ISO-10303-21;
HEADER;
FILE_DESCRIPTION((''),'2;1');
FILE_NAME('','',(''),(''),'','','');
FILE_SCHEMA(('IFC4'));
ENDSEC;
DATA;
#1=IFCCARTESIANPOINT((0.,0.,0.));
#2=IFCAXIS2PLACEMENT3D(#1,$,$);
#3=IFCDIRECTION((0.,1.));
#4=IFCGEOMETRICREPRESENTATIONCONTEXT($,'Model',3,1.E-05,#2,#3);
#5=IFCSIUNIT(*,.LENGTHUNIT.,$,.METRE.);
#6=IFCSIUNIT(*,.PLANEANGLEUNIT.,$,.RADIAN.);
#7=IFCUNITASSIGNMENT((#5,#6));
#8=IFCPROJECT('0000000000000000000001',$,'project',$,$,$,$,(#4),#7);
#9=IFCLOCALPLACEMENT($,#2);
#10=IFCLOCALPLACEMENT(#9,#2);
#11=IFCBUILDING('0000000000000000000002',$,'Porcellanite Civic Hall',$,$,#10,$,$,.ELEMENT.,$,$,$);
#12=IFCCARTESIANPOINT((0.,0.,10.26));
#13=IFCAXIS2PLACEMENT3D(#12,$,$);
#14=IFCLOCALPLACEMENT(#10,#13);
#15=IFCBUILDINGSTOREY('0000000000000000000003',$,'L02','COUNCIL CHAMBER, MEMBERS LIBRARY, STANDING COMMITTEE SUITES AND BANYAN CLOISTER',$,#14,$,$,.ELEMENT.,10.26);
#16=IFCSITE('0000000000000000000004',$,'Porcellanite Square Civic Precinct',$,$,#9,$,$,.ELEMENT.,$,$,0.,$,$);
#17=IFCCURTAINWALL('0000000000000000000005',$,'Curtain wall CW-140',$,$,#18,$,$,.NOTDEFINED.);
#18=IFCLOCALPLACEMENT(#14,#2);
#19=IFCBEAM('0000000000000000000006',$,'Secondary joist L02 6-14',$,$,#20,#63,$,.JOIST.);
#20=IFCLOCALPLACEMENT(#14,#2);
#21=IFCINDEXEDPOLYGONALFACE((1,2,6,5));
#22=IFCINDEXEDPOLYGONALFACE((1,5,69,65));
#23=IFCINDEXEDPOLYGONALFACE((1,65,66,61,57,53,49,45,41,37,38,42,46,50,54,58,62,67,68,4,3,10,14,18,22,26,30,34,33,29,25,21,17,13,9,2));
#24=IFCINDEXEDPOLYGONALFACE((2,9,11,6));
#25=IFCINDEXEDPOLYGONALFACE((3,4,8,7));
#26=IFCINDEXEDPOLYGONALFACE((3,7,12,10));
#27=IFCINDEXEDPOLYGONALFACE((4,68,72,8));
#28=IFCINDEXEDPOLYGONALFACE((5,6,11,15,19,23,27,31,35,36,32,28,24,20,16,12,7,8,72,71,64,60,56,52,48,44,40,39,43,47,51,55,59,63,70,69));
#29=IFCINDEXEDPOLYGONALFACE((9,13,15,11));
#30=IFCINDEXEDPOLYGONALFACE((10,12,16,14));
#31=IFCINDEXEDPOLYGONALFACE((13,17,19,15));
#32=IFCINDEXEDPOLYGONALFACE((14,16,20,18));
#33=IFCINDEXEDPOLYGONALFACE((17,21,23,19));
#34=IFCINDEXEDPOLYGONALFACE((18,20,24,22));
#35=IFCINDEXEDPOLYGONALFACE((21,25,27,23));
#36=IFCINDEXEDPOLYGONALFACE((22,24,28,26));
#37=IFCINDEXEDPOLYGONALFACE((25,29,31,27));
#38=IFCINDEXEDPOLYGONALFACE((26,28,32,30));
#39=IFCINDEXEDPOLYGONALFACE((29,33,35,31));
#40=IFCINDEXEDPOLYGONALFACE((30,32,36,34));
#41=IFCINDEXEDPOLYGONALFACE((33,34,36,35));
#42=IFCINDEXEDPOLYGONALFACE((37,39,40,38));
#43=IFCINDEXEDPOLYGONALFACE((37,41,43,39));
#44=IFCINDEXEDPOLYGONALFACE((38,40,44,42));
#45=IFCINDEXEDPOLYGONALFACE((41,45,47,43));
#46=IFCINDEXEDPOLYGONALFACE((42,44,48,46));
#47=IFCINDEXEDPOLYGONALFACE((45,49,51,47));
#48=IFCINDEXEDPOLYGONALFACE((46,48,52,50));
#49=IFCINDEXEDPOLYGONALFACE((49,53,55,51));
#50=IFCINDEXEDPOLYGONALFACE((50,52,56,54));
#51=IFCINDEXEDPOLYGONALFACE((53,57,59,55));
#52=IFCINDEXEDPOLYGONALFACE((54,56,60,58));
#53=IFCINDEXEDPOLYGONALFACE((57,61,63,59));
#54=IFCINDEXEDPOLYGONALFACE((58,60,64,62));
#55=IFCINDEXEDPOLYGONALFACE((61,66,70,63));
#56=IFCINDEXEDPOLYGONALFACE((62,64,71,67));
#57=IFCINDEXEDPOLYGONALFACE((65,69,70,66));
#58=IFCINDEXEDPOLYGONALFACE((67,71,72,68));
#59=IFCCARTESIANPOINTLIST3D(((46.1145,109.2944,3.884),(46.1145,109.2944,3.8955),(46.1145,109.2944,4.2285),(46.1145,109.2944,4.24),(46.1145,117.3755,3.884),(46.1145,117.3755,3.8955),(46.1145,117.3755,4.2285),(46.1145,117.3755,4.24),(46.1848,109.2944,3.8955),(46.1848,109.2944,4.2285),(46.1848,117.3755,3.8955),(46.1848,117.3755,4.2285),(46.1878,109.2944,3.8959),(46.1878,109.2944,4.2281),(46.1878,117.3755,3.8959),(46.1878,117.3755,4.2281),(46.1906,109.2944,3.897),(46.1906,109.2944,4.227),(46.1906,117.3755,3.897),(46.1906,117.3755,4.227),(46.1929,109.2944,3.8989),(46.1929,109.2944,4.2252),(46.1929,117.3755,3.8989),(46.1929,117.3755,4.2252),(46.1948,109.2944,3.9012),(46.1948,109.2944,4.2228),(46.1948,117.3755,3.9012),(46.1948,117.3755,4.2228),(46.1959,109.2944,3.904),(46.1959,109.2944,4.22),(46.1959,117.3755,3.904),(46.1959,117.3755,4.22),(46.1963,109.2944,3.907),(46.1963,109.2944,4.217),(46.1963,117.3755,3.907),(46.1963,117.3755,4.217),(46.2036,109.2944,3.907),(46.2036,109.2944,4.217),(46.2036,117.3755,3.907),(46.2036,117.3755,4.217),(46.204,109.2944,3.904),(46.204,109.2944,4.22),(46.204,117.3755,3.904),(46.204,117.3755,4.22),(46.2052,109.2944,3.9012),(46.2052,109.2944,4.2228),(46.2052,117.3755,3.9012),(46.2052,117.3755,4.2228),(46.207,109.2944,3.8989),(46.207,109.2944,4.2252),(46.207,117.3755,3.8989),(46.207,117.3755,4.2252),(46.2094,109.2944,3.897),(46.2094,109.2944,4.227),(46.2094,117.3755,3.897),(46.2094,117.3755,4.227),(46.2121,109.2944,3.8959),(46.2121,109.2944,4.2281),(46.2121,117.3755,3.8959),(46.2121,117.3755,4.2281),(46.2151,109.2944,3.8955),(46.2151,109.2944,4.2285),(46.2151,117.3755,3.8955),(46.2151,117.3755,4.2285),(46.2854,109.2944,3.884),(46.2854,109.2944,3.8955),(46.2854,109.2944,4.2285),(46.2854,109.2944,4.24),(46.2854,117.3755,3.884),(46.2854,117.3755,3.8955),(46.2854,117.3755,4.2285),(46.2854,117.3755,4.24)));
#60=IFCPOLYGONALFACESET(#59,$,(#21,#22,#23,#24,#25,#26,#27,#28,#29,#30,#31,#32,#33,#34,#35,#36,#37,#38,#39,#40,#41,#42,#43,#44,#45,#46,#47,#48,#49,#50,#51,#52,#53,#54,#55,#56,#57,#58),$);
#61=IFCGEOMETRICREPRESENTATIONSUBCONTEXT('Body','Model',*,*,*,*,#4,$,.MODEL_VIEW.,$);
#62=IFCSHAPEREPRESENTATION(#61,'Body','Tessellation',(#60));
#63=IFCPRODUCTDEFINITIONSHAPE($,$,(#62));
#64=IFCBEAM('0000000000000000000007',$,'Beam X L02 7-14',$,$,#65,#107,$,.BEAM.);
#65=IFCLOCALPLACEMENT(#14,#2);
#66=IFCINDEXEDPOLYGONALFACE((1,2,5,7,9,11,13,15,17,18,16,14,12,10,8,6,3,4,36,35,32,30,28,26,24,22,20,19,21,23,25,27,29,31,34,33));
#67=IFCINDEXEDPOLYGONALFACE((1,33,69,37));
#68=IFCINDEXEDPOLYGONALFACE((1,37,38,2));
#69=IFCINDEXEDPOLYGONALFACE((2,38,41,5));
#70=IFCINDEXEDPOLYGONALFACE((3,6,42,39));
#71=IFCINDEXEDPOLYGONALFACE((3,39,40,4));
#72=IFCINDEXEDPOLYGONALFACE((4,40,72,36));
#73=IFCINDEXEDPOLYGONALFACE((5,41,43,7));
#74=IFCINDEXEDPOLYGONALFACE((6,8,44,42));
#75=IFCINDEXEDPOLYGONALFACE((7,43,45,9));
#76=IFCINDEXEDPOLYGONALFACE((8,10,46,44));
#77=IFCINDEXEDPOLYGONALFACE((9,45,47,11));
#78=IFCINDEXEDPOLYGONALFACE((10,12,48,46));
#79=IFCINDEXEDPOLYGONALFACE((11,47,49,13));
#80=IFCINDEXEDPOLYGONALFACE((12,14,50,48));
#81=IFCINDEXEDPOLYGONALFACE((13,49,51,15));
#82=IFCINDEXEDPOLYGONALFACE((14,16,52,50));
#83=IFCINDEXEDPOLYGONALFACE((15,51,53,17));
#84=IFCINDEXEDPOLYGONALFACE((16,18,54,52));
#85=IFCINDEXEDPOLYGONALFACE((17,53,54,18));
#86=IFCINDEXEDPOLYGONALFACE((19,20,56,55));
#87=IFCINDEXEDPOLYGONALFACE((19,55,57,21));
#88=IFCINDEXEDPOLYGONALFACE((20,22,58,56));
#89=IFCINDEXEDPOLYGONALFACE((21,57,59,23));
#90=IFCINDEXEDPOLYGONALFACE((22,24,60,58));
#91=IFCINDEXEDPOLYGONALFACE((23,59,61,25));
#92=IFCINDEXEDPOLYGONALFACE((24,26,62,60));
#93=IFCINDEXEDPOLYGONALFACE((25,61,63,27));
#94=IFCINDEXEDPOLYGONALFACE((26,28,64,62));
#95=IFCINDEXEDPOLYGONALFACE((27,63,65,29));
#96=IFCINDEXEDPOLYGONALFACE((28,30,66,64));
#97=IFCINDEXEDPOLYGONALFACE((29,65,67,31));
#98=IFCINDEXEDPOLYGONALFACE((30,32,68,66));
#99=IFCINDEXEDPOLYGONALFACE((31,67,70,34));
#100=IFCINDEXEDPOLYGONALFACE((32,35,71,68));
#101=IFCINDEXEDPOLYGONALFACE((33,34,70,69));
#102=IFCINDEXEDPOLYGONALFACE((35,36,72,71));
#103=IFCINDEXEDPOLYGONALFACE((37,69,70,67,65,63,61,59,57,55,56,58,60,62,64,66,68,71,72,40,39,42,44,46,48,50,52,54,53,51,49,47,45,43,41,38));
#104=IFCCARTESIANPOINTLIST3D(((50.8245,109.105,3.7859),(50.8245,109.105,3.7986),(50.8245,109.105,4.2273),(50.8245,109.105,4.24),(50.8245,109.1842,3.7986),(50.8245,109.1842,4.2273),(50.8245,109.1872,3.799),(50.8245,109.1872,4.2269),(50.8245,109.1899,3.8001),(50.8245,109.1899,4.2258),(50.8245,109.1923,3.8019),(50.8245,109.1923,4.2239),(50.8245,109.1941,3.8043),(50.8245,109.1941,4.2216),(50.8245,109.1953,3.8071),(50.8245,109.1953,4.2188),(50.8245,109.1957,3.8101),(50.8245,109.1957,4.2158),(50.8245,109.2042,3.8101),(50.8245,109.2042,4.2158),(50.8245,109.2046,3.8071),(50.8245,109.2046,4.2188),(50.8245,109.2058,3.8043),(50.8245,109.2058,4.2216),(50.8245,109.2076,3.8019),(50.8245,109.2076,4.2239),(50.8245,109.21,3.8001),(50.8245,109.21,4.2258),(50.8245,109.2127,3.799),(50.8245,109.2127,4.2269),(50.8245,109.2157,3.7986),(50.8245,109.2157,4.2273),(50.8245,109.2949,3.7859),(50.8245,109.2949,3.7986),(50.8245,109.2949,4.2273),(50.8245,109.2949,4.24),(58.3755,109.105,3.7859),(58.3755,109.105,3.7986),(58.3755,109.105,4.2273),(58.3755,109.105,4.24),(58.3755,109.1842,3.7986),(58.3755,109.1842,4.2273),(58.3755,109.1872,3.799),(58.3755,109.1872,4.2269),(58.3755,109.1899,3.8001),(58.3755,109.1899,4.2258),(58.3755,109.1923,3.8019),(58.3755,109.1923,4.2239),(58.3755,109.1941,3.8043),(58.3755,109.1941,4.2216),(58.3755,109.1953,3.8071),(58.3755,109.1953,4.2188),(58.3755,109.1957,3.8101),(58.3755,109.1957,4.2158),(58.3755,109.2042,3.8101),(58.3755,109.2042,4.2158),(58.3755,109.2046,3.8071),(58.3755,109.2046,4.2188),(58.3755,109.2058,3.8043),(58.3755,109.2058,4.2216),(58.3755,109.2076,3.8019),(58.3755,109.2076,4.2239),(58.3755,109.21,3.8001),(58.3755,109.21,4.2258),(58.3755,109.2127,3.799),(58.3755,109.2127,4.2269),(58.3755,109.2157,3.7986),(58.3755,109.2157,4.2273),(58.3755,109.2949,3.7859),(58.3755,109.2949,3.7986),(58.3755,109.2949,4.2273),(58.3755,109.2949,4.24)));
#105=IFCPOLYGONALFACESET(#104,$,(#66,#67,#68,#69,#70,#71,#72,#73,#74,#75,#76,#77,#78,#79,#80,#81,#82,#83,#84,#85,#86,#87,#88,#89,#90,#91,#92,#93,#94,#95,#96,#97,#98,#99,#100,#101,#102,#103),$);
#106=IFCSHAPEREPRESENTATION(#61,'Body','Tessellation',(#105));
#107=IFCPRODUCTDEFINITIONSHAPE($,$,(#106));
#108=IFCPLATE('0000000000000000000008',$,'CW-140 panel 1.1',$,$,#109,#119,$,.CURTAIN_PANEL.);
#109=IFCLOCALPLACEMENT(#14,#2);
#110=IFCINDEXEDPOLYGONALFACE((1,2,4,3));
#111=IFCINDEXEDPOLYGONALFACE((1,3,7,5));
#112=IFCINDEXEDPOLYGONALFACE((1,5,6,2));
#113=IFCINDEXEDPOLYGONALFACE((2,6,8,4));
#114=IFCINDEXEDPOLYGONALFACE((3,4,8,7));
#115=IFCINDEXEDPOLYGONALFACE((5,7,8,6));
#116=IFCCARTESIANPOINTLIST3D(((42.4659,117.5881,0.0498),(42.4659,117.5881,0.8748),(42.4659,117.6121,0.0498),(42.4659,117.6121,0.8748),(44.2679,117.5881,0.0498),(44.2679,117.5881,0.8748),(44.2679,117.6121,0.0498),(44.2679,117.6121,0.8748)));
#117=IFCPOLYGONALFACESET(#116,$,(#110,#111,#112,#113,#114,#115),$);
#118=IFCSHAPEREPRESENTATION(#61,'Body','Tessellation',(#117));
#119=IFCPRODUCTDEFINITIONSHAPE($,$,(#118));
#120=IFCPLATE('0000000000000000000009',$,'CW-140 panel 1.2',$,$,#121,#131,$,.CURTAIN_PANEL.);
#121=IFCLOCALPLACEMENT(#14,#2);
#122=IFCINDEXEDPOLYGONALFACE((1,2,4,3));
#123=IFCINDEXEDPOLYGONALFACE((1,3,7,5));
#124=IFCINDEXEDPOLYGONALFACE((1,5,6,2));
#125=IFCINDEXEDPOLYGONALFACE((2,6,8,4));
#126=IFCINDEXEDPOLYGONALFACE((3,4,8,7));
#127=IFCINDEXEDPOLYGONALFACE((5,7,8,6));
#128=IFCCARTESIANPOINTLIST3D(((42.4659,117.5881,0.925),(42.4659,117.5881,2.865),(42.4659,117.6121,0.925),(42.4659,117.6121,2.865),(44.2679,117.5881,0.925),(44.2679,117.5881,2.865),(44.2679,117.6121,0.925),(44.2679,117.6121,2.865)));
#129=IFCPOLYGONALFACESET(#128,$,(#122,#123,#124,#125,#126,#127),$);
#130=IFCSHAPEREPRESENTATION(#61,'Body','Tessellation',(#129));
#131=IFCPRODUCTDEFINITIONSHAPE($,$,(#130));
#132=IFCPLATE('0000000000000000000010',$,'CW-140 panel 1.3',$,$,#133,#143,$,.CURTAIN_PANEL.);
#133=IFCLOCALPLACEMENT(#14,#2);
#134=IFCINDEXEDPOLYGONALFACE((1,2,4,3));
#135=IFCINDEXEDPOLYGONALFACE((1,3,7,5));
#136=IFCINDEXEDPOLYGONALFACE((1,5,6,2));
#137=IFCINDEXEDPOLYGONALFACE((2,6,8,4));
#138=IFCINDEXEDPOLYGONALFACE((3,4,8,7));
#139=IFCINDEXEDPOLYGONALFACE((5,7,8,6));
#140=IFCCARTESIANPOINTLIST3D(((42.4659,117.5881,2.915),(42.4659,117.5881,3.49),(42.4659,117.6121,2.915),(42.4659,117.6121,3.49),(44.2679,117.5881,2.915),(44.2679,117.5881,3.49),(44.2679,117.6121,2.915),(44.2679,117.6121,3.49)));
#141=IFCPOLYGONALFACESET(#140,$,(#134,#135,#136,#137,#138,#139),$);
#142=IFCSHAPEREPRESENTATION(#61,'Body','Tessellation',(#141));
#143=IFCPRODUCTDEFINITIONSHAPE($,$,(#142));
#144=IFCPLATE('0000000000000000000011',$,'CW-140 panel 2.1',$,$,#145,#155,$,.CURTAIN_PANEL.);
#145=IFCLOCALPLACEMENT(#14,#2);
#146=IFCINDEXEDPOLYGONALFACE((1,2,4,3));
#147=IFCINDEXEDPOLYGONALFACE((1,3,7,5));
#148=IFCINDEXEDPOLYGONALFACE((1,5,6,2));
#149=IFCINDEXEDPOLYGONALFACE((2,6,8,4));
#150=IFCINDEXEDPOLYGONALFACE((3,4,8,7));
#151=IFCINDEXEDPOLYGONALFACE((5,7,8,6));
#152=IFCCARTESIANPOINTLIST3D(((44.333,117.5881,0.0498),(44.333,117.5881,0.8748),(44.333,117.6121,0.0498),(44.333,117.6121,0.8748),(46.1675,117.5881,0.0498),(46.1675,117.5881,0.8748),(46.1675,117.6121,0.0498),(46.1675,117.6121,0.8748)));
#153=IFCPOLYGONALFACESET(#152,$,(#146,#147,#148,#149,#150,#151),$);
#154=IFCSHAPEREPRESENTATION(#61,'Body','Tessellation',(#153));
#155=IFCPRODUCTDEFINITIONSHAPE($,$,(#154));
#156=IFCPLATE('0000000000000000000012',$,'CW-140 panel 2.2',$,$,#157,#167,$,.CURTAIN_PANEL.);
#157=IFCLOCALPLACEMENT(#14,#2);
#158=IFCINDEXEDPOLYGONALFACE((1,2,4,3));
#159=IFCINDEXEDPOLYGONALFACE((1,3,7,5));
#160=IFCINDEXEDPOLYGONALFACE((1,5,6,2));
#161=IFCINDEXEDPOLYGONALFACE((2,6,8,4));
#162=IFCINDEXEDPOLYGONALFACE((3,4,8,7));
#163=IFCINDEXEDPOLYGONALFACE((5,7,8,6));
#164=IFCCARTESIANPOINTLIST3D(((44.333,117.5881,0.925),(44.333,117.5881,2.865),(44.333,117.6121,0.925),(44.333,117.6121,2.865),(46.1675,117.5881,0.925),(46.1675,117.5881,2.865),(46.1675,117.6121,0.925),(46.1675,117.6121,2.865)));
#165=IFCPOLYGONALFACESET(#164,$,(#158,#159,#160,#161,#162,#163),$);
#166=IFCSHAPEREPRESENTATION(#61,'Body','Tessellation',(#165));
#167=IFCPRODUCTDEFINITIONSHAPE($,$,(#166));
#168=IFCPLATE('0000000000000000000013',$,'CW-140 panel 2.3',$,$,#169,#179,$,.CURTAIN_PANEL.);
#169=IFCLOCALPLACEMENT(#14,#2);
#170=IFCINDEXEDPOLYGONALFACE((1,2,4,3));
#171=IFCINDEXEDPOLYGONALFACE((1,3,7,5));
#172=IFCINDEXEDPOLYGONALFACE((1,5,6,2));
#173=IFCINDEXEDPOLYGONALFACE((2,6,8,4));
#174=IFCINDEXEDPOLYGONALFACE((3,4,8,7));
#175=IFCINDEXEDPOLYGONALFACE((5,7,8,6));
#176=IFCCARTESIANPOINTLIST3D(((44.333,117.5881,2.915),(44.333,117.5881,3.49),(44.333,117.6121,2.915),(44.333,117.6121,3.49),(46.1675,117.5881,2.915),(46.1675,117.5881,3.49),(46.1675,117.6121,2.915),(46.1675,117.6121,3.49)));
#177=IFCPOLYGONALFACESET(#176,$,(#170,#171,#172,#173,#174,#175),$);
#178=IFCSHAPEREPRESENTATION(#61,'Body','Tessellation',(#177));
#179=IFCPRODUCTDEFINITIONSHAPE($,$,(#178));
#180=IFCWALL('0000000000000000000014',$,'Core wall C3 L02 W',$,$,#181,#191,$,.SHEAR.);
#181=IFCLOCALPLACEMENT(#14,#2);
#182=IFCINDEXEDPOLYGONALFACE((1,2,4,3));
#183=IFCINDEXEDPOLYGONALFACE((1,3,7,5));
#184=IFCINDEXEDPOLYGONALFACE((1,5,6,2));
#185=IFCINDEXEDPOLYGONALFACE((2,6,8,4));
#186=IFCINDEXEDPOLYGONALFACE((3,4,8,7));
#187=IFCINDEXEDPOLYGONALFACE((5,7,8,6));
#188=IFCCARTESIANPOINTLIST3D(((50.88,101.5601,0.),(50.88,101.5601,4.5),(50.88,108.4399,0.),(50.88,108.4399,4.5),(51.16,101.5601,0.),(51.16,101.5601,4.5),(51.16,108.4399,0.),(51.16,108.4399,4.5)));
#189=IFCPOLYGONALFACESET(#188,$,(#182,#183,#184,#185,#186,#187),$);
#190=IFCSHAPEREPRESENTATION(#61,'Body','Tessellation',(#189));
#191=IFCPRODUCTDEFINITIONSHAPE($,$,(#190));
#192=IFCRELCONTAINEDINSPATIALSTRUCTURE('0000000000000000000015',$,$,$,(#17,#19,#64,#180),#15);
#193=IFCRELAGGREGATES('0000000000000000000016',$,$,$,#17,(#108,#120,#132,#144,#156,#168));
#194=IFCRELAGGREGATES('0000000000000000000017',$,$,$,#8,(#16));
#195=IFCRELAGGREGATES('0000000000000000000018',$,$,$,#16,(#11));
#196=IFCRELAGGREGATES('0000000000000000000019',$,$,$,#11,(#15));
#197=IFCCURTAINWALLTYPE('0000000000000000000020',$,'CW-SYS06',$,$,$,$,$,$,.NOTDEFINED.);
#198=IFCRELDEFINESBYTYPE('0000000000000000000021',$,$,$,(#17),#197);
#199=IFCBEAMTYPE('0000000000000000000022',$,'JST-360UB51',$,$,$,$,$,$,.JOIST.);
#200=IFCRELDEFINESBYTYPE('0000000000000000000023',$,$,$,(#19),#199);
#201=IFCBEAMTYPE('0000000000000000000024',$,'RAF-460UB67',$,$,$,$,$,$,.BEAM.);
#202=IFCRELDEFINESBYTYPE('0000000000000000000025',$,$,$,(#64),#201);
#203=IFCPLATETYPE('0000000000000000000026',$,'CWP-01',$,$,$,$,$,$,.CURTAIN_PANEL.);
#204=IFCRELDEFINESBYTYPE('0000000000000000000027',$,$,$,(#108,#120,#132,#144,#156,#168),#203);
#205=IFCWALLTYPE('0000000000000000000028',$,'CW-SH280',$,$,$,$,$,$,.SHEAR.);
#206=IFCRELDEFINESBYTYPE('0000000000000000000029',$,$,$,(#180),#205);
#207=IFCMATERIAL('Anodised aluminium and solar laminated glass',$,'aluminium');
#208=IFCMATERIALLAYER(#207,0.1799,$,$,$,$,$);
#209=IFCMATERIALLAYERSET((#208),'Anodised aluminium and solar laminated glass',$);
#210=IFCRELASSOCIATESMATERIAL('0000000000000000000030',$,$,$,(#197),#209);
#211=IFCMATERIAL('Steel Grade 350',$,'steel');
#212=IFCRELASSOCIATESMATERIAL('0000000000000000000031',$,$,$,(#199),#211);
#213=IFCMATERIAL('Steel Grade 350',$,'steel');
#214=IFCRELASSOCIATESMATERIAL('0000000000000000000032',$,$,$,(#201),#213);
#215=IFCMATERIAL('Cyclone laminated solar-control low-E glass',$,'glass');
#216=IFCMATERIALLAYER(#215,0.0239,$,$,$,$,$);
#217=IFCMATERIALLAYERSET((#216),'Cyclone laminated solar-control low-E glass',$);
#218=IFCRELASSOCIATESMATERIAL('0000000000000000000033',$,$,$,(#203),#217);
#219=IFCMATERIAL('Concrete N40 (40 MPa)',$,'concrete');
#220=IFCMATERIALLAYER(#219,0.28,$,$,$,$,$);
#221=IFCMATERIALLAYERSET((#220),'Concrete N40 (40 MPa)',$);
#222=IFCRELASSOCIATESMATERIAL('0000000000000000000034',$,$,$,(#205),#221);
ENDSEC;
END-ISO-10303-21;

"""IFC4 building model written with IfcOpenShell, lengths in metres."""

from ifc_helpers import new_model, si_unit, direction, frame, frame_2d, origin, origin_2d, place, context, subcontext, project, spatial, rectangle, i_section, extrude, material, layer, layer_set, material_profile, profile_set, type_object, element, aggregate, save


model = new_model("IFC4")

# Units and contexts
model_context = context("Model", 3, precision=1e-05, world=origin(), true_north=direction((0.0, 1.0)))
body_context = subcontext(model_context, "Body", "Model", "MODEL_VIEW")
ifc_project = project(units=[si_unit("LENGTHUNIT", "METRE"), si_unit("PLANEANGLEUNIT", "RADIAN")], contexts=[model_context])

# Site, building, storey
site_placement = place(None, origin())
site = spatial("IfcSite", under=ifc_project, at=site_placement, Name="Porcellanite Square Civic Precinct", CompositionType="ELEMENT", RefElevation=0.0)
building_placement = place(site_placement, origin())
building = spatial("IfcBuilding", under=site, at=building_placement, Name="Porcellanite Civic Hall", CompositionType="ELEMENT")
storey_placement = place(building_placement, frame((0.0, 0.0, 10.26)))
storey = spatial("IfcBuildingStorey", under=building, at=storey_placement, Name="L02", Description="COUNCIL CHAMBER, MEMBERS LIBRARY, STANDING COMMITTEE SUITES AND BANYAN CLOISTER", CompositionType="ELEMENT", Elevation=10.26)

# Curtain wall
ifc_material_1 = material(Name="Anodised aluminium and solar laminated glass", Category="aluminium")
ifc_layer_1 = layer(ifc_material_1, 0.1799)
ifc_layer_set_1 = layer_set([ifc_layer_1], Name="Anodised aluminium and solar laminated glass")
curtain_wall_type = type_object("IfcCurtainWallType", Name="CW-SYS06", PredefinedType="NOTDEFINED", material=ifc_layer_set_1)
curtain_wall_placement = place(storey_placement, origin())
curtain_wall = element("IfcCurtainWall", 1, at=curtain_wall_placement, inside=storey, type_object=curtain_wall_type, Name="Curtain wall CW-140", PredefinedType="NOTDEFINED")

# Beams
ifc_material_2 = material(Name="Steel Grade 350", Category="steel")
ifc_material_profile_1 = material_profile(ifc_material_2, i_section(OverallWidth=0.1709, OverallDepth=0.356, WebThickness=0.0073, FlangeThickness=0.0115, FilletRadius=0.0115, at=origin_2d()), Name="360UB50.7")
ifc_profile_set_1 = profile_set([ifc_material_profile_1], Name="Steel Grade 350")
beam_type_1 = type_object("IfcBeamType", Name="JST-360UB51", PredefinedType="JOIST", material=ifc_profile_set_1)
beam_1_placement = place(storey_placement, frame((46.2, 109.2944, 4.062), z_axis=(0.0, 1.0, 0.0), x_axis=(-1.0, 0.0, 0.0)))
element("IfcBeam", 2, at=beam_1_placement, inside=storey, type_object=beam_type_1, Name="Secondary joist L02 6-14", PredefinedType="JOIST", context=body_context, shape_type="SweptSolid", body=[
    extrude(i_section(OverallWidth=0.1709, OverallDepth=0.356, WebThickness=0.0073, FlangeThickness=0.0115, FilletRadius=0.0115, at=origin_2d()), origin(), (0.0, 0.0, 1.0), 8.0811),
])
ifc_material_3 = material(Name="Steel Grade 350", Category="steel")
ifc_material_profile_2 = material_profile(ifc_material_3, i_section(OverallWidth=0.1899, OverallDepth=0.4541, WebThickness=0.0085, FlangeThickness=0.0127, FilletRadius=0.0115, at=origin_2d()), Name="460UB67.1")
ifc_profile_set_2 = profile_set([ifc_material_profile_2], Name="Steel Grade 350")
beam_type_2 = type_object("IfcBeamType", Name="RAF-460UB67", PredefinedType="BEAM", material=ifc_profile_set_2)
beam_2_placement = place(storey_placement, frame((50.8245, 109.2, 4.0129), z_axis=(1.0, 0.0, 0.0), x_axis=(0.0, 1.0, 0.0)))
element("IfcBeam", 3, at=beam_2_placement, inside=storey, type_object=beam_type_2, Name="Beam X L02 7-14", PredefinedType="BEAM", context=body_context, shape_type="SweptSolid", body=[
    extrude(i_section(OverallWidth=0.1899, OverallDepth=0.4541, WebThickness=0.0085, FlangeThickness=0.0127, FilletRadius=0.0115, at=origin_2d()), origin(), (0.0, 0.0, 1.0), 7.551),
])

# Plates
ifc_material_4 = material(Name="Cyclone laminated solar-control low-E glass", Category="glass")
ifc_layer_2 = layer(ifc_material_4, 0.0239)
ifc_layer_set_2 = layer_set([ifc_layer_2], Name="Cyclone laminated solar-control low-E glass")
plate_type = type_object("IfcPlateType", Name="CWP-01", PredefinedType="CURTAIN_PANEL", material=ifc_layer_set_2)
plate_1_placement = place(storey_placement, frame((43.3669, 117.6001, 0.0498), z_axis=(0.0, 0.0, 1.0), x_axis=(1.0, 0.0, 0.0)))
plate_1 = element("IfcPlate", 4, at=plate_1_placement, type_object=plate_type, Name="CW-140 panel 1.1", PredefinedType="CURTAIN_PANEL", context=body_context, shape_type="SweptSolid", body=[
    extrude(rectangle(XDim=1.802, YDim=0.0239, at=origin_2d()), origin(), (0.0, 0.0, 1.0), 0.825),
])
plate_2_placement = place(storey_placement, frame((43.3669, 117.6001, 0.925), z_axis=(0.0, 0.0, 1.0), x_axis=(1.0, 0.0, 0.0)))
plate_2 = element("IfcPlate", 5, at=plate_2_placement, type_object=plate_type, Name="CW-140 panel 1.2", PredefinedType="CURTAIN_PANEL", context=body_context, shape_type="SweptSolid", body=[
    extrude(rectangle(XDim=1.802, YDim=0.0239, at=origin_2d()), origin(), (0.0, 0.0, 1.0), 1.9399),
])
plate_3_placement = place(storey_placement, frame((43.3669, 117.6001, 2.915), z_axis=(0.0, 0.0, 1.0), x_axis=(1.0, 0.0, 0.0)))
plate_3 = element("IfcPlate", 6, at=plate_3_placement, type_object=plate_type, Name="CW-140 panel 1.3", PredefinedType="CURTAIN_PANEL", context=body_context, shape_type="SweptSolid", body=[
    extrude(rectangle(XDim=1.802, YDim=0.0239, at=origin_2d()), origin(), (0.0, 0.0, 1.0), 0.575),
])
plate_4_placement = place(storey_placement, frame((45.2502, 117.6001, 0.0498), z_axis=(0.0, 0.0, 1.0), x_axis=(1.0, 0.0, 0.0)))
plate_4 = element("IfcPlate", 7, at=plate_4_placement, type_object=plate_type, Name="CW-140 panel 2.1", PredefinedType="CURTAIN_PANEL", context=body_context, shape_type="SweptSolid", body=[
    extrude(rectangle(XDim=1.8345, YDim=0.0239, at=origin_2d()), origin(), (0.0, 0.0, 1.0), 0.825),
])
plate_5_placement = place(storey_placement, frame((45.2502, 117.6001, 0.925), z_axis=(0.0, 0.0, 1.0), x_axis=(1.0, 0.0, 0.0)))
plate_5 = element("IfcPlate", 8, at=plate_5_placement, type_object=plate_type, Name="CW-140 panel 2.2", PredefinedType="CURTAIN_PANEL", context=body_context, shape_type="SweptSolid", body=[
    extrude(rectangle(XDim=1.8345, YDim=0.0239, at=origin_2d()), origin(), (0.0, 0.0, 1.0), 1.9399),
])
plate_6_placement = place(storey_placement, frame((45.2502, 117.6001, 2.915), z_axis=(0.0, 0.0, 1.0), x_axis=(1.0, 0.0, 0.0)))
plate_6 = element("IfcPlate", 9, at=plate_6_placement, type_object=plate_type, Name="CW-140 panel 2.3", PredefinedType="CURTAIN_PANEL", context=body_context, shape_type="SweptSolid", body=[
    extrude(rectangle(XDim=1.8345, YDim=0.0239, at=origin_2d()), origin(), (0.0, 0.0, 1.0), 0.575),
])
aggregate(curtain_wall, [plate_1, plate_2, plate_3, plate_4, plate_5, plate_6])

# Wall
ifc_material_5 = material(Name="Concrete N40 (40 MPa)", Category="concrete")
ifc_layer_3 = layer(ifc_material_5, 0.28)
ifc_layer_set_3 = layer_set([ifc_layer_3], Name="Concrete N40 (40 MPa)")
wall_type_1 = type_object("IfcWallType", Name="CW-SH280", PredefinedType="SHEAR", material=ifc_layer_set_3)
wall_1_placement = place(storey_placement, frame((51.02, 101.5601, 0.0), z_axis=(0.0, 0.0, 1.0), x_axis=(0.0, 1.0, 0.0)))
element("IfcWall", 10, at=wall_1_placement, inside=storey, type_object=wall_type_1, Name="Core wall C3 L02 W", PredefinedType="SHEAR", context=body_context, shape_type="SweptSolid", body=[
    extrude(rectangle(XDim=6.8799, YDim=0.28, at=frame_2d((3.4399, 0.0))), origin(), (0.0, 0.0, 1.0), 4.5),
])

save(model, "model.ifc")
